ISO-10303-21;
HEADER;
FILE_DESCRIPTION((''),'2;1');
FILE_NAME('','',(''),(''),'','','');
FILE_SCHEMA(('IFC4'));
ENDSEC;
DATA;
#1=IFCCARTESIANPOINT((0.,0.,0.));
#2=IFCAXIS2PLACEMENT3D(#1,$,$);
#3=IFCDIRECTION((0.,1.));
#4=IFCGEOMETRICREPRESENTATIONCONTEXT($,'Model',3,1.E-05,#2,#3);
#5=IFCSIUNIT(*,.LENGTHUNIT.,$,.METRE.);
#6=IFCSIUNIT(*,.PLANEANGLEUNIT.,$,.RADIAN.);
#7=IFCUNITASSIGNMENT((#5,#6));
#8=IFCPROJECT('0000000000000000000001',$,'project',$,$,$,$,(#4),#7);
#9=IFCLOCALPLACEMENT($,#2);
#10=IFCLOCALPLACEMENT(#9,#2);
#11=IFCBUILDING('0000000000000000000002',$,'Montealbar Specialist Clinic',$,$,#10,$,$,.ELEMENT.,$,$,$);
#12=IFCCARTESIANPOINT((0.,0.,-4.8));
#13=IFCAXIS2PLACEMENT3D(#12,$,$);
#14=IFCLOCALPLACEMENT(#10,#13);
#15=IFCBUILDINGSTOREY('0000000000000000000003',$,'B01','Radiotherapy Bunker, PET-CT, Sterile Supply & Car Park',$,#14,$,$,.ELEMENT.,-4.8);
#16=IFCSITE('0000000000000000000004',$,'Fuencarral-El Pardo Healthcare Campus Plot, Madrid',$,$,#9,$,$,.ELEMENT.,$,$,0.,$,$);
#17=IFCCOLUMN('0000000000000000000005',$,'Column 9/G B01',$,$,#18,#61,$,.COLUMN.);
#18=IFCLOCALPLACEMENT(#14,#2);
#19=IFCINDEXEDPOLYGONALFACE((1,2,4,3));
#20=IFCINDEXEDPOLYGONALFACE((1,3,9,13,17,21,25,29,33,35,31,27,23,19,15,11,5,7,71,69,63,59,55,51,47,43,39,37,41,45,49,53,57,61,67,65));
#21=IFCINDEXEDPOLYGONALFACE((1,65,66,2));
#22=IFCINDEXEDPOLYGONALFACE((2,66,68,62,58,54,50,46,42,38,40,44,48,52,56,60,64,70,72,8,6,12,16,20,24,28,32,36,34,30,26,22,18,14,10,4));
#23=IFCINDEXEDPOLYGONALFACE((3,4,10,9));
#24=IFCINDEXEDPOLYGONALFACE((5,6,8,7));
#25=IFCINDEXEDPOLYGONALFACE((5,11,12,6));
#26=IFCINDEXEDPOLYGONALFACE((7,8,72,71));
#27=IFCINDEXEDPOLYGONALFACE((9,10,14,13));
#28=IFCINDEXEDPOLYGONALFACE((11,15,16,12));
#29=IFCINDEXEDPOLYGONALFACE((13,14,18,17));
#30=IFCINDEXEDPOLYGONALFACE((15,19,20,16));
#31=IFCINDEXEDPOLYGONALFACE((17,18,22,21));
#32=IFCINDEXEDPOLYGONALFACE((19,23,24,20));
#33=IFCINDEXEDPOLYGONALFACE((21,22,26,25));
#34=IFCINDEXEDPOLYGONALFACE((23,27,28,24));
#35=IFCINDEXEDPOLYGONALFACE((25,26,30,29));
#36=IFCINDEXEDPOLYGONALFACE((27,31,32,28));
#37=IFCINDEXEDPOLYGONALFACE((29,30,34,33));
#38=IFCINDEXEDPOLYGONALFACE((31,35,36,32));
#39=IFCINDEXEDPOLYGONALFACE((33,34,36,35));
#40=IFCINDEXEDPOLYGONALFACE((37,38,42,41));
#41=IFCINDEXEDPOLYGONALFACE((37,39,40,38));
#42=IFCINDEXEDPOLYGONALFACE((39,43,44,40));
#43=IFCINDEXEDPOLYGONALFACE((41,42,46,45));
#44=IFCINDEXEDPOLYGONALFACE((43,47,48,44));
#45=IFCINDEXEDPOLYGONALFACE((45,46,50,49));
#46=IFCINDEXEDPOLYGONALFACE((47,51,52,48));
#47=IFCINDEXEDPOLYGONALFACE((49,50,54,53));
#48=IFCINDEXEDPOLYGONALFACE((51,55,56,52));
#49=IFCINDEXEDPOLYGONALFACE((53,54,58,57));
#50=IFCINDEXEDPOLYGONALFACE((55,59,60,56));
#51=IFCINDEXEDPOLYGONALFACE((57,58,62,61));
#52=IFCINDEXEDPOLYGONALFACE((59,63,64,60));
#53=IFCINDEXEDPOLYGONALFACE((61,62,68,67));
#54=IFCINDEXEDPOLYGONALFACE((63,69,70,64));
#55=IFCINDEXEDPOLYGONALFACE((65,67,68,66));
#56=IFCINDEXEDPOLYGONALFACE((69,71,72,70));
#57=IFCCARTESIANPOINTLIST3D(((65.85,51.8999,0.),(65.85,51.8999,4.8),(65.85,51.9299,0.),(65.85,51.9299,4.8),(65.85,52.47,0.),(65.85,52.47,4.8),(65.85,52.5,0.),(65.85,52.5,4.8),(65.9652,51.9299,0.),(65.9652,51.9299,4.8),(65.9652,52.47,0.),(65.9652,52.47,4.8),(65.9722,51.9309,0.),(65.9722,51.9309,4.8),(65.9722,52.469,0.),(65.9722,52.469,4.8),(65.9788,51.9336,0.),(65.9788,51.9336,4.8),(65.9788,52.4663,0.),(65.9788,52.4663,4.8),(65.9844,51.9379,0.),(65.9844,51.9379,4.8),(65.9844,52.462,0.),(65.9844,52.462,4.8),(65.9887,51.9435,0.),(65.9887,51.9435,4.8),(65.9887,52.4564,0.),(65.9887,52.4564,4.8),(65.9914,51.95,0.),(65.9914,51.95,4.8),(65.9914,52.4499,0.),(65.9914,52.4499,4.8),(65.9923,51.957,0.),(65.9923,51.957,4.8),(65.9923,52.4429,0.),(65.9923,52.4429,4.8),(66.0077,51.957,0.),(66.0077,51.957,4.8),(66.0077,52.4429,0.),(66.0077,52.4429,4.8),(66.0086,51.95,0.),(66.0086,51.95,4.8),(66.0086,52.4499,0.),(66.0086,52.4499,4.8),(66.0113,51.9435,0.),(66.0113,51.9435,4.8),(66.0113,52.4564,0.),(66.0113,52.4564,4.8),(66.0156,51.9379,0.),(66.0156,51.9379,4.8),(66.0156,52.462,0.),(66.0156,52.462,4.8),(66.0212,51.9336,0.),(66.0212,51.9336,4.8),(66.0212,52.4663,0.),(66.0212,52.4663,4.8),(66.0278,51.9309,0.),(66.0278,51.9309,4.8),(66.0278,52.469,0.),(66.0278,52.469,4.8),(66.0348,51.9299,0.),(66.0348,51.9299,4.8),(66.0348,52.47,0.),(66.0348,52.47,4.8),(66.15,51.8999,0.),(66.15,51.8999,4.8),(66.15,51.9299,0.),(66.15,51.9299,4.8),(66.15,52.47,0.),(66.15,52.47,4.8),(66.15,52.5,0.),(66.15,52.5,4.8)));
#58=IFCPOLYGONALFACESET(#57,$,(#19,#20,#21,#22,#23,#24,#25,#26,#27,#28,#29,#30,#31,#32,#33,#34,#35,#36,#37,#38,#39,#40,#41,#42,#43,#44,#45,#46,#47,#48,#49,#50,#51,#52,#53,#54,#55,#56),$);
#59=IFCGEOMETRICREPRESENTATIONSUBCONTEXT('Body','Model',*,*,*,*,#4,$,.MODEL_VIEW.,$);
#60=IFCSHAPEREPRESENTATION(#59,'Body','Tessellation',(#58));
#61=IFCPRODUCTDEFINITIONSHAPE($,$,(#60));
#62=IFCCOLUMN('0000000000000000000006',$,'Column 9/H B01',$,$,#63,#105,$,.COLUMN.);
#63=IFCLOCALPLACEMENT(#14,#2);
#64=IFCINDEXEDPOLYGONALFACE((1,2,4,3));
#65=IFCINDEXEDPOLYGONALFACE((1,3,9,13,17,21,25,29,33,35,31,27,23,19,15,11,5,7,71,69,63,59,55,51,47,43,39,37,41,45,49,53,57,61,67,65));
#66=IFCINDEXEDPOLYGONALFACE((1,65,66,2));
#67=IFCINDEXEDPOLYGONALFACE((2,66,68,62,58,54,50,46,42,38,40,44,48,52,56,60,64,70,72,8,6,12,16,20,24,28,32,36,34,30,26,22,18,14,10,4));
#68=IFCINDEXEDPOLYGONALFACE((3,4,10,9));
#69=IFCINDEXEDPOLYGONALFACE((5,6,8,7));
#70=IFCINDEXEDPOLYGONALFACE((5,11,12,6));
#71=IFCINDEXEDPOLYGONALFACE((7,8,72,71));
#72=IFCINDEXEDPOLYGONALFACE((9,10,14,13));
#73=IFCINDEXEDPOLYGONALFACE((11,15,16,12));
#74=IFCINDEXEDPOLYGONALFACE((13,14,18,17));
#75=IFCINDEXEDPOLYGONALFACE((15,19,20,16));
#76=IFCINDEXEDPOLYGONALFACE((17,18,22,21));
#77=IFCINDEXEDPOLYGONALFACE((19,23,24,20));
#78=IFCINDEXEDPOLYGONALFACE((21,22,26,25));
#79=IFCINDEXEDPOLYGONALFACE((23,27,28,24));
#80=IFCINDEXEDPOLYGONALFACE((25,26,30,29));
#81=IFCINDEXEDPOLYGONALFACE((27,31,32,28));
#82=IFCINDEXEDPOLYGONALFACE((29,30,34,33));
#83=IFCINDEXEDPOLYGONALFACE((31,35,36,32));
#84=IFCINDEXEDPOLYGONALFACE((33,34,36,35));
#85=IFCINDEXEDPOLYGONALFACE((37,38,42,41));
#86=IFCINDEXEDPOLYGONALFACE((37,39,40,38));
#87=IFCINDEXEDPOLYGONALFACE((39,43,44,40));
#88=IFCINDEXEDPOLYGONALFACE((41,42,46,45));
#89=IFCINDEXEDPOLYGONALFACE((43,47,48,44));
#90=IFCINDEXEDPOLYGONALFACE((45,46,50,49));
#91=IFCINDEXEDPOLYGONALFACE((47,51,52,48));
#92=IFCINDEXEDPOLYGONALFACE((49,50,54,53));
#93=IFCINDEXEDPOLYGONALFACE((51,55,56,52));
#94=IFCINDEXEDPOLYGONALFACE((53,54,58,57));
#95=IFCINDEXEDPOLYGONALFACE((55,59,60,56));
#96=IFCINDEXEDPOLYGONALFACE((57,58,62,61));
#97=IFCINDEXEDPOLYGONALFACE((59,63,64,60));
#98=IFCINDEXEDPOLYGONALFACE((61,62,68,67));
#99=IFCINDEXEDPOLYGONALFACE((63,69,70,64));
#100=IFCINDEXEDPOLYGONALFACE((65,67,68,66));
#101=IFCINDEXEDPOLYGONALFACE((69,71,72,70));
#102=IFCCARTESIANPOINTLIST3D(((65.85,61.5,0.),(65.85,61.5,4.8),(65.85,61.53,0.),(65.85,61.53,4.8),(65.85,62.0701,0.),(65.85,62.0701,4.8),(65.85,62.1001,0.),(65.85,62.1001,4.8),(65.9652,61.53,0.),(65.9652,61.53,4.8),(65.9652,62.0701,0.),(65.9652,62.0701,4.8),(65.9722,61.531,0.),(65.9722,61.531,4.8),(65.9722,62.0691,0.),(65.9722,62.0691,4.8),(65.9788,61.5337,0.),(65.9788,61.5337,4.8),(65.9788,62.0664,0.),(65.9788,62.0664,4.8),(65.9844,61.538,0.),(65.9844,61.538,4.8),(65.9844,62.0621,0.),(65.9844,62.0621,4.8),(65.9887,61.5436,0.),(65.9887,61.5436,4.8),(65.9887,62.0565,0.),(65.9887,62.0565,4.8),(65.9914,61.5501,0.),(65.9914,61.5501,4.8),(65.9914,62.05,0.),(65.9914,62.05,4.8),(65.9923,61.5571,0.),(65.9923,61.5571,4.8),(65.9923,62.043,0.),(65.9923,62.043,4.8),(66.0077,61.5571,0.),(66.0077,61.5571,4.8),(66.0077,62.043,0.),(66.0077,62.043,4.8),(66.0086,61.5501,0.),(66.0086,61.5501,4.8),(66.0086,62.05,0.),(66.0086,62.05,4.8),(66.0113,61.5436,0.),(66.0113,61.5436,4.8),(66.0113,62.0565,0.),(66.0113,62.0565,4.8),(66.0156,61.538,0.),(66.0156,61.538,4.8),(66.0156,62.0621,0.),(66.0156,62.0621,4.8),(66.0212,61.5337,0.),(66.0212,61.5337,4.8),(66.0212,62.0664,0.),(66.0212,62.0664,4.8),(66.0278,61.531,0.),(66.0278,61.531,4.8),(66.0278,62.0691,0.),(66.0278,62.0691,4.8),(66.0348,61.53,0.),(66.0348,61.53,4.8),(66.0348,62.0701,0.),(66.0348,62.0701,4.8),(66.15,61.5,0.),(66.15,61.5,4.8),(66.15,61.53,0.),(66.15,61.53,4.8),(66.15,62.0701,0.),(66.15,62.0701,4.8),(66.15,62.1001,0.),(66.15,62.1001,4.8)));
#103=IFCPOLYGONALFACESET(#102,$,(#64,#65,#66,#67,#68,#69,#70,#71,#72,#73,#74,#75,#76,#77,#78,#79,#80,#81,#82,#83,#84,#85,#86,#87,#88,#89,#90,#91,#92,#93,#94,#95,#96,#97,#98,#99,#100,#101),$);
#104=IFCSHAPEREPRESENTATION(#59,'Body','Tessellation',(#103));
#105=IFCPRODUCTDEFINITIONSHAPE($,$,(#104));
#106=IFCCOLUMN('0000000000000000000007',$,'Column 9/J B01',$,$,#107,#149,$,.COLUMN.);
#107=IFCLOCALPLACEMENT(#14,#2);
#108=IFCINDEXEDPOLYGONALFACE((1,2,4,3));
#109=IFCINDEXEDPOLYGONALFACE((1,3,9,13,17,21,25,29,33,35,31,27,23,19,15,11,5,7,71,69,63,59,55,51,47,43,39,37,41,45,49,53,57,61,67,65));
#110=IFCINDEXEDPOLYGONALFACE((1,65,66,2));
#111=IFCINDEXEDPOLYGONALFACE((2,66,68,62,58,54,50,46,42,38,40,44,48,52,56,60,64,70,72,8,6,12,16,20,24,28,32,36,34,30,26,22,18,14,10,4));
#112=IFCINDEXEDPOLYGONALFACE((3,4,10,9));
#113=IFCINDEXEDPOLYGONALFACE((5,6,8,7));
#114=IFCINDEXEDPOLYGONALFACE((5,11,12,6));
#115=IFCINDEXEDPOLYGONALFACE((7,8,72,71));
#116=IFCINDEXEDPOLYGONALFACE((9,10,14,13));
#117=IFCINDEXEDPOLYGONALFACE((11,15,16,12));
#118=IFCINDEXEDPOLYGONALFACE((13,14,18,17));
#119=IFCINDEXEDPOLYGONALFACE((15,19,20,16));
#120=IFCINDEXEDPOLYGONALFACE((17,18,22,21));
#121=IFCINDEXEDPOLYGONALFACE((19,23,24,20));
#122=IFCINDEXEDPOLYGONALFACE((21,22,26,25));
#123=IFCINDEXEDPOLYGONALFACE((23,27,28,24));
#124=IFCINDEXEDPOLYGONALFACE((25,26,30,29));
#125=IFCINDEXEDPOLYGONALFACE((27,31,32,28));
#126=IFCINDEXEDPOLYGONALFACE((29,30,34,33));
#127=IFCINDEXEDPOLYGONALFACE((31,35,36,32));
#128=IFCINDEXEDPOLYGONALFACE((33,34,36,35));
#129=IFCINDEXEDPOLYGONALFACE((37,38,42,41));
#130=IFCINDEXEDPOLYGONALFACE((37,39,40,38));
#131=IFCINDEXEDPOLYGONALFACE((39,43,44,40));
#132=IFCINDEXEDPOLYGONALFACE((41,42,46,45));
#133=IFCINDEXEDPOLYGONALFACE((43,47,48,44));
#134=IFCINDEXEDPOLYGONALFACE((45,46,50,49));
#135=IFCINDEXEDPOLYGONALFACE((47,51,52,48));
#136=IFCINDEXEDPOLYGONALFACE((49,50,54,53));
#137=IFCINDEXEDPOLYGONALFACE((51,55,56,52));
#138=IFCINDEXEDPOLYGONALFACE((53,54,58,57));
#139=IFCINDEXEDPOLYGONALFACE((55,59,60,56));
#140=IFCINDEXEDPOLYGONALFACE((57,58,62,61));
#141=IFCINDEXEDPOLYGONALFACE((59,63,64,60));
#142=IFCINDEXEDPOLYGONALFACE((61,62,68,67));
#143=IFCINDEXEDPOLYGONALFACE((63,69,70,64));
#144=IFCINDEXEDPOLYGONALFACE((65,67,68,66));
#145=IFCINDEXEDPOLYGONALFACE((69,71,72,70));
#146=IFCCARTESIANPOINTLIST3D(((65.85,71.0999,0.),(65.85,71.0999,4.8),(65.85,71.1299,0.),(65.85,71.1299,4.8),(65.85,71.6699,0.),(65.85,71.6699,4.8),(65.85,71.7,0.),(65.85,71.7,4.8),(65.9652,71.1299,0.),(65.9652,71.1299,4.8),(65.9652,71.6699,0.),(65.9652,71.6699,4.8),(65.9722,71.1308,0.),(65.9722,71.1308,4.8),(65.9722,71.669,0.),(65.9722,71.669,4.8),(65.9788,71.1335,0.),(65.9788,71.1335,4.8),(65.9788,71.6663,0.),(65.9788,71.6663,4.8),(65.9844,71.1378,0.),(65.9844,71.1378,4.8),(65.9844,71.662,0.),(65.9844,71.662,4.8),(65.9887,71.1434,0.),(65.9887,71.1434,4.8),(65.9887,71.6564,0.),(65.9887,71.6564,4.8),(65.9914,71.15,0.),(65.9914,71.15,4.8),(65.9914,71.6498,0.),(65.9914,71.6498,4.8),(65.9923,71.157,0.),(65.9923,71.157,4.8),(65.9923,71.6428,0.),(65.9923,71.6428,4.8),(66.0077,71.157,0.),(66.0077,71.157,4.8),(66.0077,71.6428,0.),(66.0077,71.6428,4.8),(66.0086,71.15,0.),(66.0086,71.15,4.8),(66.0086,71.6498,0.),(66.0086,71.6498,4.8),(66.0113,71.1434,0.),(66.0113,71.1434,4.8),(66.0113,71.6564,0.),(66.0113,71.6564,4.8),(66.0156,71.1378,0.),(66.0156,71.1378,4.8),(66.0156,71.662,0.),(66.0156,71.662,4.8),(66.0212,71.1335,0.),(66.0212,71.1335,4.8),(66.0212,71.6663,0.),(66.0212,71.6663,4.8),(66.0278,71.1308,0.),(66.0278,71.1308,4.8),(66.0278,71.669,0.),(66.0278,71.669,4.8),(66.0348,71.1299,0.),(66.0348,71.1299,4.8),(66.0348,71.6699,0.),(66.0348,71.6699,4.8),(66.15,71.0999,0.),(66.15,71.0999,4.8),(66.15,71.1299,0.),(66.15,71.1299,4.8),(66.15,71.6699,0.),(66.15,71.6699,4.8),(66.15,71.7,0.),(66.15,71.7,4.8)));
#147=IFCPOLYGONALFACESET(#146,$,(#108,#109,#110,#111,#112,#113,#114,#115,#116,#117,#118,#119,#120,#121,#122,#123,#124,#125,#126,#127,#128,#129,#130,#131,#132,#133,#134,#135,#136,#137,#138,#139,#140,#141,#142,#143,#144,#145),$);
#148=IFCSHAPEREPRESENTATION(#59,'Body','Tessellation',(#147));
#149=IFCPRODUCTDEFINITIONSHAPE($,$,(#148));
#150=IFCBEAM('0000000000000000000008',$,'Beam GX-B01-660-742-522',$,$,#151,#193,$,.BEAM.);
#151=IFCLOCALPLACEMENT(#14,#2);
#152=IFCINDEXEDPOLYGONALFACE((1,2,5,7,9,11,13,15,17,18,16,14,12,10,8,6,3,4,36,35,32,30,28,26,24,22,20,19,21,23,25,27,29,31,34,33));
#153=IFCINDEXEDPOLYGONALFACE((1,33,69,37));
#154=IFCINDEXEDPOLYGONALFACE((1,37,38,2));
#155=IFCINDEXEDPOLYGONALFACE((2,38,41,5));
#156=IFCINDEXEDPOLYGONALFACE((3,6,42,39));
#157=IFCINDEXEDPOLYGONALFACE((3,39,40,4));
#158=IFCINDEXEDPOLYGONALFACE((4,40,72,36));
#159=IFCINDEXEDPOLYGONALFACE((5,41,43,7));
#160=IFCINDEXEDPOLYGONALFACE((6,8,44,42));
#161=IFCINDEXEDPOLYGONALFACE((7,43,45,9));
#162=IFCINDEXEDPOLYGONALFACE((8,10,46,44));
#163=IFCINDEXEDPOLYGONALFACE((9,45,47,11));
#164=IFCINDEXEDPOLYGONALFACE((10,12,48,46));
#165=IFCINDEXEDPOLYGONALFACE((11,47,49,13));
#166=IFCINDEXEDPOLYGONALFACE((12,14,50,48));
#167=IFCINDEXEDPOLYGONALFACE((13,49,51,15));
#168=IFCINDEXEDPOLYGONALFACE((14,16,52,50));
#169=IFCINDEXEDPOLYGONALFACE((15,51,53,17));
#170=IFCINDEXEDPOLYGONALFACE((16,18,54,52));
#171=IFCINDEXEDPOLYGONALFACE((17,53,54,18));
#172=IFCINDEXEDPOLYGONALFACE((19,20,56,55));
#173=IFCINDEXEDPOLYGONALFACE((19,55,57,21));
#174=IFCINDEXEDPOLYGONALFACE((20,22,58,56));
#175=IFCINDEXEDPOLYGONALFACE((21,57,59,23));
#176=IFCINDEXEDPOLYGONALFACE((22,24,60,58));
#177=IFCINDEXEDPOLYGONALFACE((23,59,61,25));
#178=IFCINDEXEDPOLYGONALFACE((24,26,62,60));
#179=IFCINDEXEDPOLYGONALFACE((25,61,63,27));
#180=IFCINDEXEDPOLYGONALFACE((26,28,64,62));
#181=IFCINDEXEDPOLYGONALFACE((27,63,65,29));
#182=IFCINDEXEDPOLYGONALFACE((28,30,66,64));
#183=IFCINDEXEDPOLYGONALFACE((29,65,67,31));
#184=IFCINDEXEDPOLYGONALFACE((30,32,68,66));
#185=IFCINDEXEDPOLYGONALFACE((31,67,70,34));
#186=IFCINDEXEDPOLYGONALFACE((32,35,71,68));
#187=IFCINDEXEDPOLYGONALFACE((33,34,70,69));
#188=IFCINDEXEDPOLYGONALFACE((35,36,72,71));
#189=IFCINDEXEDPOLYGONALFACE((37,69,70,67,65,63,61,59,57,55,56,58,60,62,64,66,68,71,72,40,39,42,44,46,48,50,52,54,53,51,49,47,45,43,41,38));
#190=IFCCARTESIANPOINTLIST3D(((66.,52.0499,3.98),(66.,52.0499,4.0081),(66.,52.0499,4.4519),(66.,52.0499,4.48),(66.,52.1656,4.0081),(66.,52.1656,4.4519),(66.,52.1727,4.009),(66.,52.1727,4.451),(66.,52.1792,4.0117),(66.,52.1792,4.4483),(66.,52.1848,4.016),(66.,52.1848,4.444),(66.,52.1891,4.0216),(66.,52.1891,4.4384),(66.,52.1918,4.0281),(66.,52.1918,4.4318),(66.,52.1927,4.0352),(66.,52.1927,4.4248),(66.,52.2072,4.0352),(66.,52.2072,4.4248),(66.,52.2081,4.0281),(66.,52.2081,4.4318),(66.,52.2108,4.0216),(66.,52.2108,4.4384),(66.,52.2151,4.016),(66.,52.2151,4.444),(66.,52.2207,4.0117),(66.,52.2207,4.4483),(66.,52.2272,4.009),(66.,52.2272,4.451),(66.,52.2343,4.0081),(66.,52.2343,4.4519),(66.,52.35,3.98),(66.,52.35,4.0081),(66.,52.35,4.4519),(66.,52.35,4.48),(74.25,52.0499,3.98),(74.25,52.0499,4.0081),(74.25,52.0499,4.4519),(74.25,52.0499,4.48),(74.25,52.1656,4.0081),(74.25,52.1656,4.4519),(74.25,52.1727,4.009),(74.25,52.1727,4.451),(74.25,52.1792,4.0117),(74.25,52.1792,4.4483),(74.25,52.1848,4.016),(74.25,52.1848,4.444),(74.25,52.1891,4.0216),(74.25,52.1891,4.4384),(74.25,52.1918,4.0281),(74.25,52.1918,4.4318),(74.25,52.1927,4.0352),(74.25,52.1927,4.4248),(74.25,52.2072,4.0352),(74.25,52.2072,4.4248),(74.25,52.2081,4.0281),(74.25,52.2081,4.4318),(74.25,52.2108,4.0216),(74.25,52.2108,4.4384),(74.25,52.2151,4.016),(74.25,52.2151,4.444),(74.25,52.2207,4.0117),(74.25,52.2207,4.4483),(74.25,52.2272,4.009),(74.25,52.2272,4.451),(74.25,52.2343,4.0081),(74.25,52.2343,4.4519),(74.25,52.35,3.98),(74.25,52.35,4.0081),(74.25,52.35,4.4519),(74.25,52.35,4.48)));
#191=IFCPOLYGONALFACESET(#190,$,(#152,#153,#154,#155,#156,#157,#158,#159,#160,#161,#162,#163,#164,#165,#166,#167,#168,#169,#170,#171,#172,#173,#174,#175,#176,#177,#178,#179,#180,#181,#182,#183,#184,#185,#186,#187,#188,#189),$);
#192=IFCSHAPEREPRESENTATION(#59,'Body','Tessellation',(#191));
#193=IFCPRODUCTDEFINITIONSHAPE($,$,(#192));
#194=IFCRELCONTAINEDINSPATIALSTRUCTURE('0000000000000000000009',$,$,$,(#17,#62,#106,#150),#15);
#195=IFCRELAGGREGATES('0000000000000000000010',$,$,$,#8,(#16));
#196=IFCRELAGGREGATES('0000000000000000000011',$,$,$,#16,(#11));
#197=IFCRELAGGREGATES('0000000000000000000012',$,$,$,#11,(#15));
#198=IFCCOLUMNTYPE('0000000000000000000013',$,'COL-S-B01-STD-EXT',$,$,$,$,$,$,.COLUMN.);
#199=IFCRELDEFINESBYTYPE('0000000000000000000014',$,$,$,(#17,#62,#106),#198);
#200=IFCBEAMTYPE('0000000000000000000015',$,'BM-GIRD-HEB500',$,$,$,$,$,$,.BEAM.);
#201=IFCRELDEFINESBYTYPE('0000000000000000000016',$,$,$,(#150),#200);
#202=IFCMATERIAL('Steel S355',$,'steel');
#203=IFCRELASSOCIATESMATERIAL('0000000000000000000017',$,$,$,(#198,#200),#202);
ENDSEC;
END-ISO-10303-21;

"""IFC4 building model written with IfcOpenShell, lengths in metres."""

from ifc_helpers import new_model, si_unit, direction, frame, origin, origin_2d, place, context, subcontext, project, spatial, i_section, extrude, material, material_profile, profile_set, type_object, element, save


model = new_model("IFC4")

# Units and contexts
model_context = context("Model", 3, precision=1e-05, world=origin(), true_north=direction((0.0, 1.0)))
body_context = subcontext(model_context, "Body", "Model", "MODEL_VIEW")
ifc_project = project(units=[si_unit("LENGTHUNIT", "METRE"), si_unit("PLANEANGLEUNIT", "RADIAN")], contexts=[model_context])

# Site, building, storey
site_placement = place(None, origin())
site = spatial("IfcSite", under=ifc_project, at=site_placement, Name="Fuencarral-El Pardo Healthcare Campus Plot, Madrid", CompositionType="ELEMENT", RefElevation=0.0)
building_placement = place(site_placement, origin())
building = spatial("IfcBuilding", under=site, at=building_placement, Name="Montealbar Specialist Clinic", CompositionType="ELEMENT")
storey_placement = place(building_placement, frame((0.0, 0.0, -4.8)))
storey = spatial("IfcBuildingStorey", under=building, at=storey_placement, Name="B01", Description="Radiotherapy Bunker, PET-CT, Sterile Supply & Car Park", CompositionType="ELEMENT", Elevation=-4.8)

# Columns
ifc_material_1 = material(Name="Steel S355", Category="steel")
ifc_material_profile_1 = material_profile(ifc_material_1, i_section(OverallWidth=0.3, OverallDepth=0.6001, WebThickness=0.0154, FlangeThickness=0.03, FilletRadius=0.0271, at=origin_2d()), Name="HEB 600", Category="steel")
ifc_profile_set_1 = profile_set([ifc_material_profile_1], Name="Steel S355")
column_type = type_object("IfcColumnType", Name="COL-S-B01-STD-EXT", PredefinedType="COLUMN", material=ifc_profile_set_1)
for number, where, z_axis, x_axis, name in (
    (1, (66.0, 52.2, 0.0), (0.0, 0.0, 1.0), (1.0, 0.0, 0.0), "Column 9/G B01"),
    (2, (66.0, 61.8, 0.0), (0.0, 0.0, 1.0), (1.0, 0.0, 0.0), "Column 9/H B01"),
    (3, (66.0, 71.3999, 0.0), (0.0, 0.0, 1.0), (1.0, 0.0, 0.0), "Column 9/J B01"),
):
    element("IfcColumn", number, at=place(storey_placement, frame(where, z_axis=z_axis, x_axis=x_axis)), inside=storey, type_object=column_type, Name=name, PredefinedType="COLUMN", context=body_context, shape_type="SweptSolid", body=[
        extrude(i_section(OverallWidth=0.3, OverallDepth=0.6001, WebThickness=0.0154, FlangeThickness=0.03, FilletRadius=0.0271, at=origin_2d()), origin(), (0.0, 0.0, 1.0), 4.8),
    ])

# Beam
ifc_material_profile_2 = material_profile(ifc_material_1, i_section(OverallWidth=0.3, OverallDepth=0.5, WebThickness=0.0144, FlangeThickness=0.0281, FilletRadius=0.0271, at=origin_2d()), Name="HEB 500", Category="steel")
ifc_profile_set_2 = profile_set([ifc_material_profile_2], Name="Steel S355")
beam_type_1 = type_object("IfcBeamType", Name="BM-GIRD-HEB500", PredefinedType="BEAM", material=ifc_profile_set_2)
beam_1_placement = place(storey_placement, frame((66.0, 52.2, 4.23), z_axis=(1.0, 0.0, 0.0), x_axis=(0.0, 1.0, 0.0)))
element("IfcBeam", 4, at=beam_1_placement, inside=storey, type_object=beam_type_1, Name="Beam GX-B01-660-742-522", PredefinedType="BEAM", context=body_context, shape_type="SweptSolid", body=[
    extrude(i_section(OverallWidth=0.3, OverallDepth=0.5, WebThickness=0.0144, FlangeThickness=0.0281, FilletRadius=0.0271, at=origin_2d()), origin(), (0.0, 0.0, 1.0), 8.25),
])

save(model, "model.ifc")
